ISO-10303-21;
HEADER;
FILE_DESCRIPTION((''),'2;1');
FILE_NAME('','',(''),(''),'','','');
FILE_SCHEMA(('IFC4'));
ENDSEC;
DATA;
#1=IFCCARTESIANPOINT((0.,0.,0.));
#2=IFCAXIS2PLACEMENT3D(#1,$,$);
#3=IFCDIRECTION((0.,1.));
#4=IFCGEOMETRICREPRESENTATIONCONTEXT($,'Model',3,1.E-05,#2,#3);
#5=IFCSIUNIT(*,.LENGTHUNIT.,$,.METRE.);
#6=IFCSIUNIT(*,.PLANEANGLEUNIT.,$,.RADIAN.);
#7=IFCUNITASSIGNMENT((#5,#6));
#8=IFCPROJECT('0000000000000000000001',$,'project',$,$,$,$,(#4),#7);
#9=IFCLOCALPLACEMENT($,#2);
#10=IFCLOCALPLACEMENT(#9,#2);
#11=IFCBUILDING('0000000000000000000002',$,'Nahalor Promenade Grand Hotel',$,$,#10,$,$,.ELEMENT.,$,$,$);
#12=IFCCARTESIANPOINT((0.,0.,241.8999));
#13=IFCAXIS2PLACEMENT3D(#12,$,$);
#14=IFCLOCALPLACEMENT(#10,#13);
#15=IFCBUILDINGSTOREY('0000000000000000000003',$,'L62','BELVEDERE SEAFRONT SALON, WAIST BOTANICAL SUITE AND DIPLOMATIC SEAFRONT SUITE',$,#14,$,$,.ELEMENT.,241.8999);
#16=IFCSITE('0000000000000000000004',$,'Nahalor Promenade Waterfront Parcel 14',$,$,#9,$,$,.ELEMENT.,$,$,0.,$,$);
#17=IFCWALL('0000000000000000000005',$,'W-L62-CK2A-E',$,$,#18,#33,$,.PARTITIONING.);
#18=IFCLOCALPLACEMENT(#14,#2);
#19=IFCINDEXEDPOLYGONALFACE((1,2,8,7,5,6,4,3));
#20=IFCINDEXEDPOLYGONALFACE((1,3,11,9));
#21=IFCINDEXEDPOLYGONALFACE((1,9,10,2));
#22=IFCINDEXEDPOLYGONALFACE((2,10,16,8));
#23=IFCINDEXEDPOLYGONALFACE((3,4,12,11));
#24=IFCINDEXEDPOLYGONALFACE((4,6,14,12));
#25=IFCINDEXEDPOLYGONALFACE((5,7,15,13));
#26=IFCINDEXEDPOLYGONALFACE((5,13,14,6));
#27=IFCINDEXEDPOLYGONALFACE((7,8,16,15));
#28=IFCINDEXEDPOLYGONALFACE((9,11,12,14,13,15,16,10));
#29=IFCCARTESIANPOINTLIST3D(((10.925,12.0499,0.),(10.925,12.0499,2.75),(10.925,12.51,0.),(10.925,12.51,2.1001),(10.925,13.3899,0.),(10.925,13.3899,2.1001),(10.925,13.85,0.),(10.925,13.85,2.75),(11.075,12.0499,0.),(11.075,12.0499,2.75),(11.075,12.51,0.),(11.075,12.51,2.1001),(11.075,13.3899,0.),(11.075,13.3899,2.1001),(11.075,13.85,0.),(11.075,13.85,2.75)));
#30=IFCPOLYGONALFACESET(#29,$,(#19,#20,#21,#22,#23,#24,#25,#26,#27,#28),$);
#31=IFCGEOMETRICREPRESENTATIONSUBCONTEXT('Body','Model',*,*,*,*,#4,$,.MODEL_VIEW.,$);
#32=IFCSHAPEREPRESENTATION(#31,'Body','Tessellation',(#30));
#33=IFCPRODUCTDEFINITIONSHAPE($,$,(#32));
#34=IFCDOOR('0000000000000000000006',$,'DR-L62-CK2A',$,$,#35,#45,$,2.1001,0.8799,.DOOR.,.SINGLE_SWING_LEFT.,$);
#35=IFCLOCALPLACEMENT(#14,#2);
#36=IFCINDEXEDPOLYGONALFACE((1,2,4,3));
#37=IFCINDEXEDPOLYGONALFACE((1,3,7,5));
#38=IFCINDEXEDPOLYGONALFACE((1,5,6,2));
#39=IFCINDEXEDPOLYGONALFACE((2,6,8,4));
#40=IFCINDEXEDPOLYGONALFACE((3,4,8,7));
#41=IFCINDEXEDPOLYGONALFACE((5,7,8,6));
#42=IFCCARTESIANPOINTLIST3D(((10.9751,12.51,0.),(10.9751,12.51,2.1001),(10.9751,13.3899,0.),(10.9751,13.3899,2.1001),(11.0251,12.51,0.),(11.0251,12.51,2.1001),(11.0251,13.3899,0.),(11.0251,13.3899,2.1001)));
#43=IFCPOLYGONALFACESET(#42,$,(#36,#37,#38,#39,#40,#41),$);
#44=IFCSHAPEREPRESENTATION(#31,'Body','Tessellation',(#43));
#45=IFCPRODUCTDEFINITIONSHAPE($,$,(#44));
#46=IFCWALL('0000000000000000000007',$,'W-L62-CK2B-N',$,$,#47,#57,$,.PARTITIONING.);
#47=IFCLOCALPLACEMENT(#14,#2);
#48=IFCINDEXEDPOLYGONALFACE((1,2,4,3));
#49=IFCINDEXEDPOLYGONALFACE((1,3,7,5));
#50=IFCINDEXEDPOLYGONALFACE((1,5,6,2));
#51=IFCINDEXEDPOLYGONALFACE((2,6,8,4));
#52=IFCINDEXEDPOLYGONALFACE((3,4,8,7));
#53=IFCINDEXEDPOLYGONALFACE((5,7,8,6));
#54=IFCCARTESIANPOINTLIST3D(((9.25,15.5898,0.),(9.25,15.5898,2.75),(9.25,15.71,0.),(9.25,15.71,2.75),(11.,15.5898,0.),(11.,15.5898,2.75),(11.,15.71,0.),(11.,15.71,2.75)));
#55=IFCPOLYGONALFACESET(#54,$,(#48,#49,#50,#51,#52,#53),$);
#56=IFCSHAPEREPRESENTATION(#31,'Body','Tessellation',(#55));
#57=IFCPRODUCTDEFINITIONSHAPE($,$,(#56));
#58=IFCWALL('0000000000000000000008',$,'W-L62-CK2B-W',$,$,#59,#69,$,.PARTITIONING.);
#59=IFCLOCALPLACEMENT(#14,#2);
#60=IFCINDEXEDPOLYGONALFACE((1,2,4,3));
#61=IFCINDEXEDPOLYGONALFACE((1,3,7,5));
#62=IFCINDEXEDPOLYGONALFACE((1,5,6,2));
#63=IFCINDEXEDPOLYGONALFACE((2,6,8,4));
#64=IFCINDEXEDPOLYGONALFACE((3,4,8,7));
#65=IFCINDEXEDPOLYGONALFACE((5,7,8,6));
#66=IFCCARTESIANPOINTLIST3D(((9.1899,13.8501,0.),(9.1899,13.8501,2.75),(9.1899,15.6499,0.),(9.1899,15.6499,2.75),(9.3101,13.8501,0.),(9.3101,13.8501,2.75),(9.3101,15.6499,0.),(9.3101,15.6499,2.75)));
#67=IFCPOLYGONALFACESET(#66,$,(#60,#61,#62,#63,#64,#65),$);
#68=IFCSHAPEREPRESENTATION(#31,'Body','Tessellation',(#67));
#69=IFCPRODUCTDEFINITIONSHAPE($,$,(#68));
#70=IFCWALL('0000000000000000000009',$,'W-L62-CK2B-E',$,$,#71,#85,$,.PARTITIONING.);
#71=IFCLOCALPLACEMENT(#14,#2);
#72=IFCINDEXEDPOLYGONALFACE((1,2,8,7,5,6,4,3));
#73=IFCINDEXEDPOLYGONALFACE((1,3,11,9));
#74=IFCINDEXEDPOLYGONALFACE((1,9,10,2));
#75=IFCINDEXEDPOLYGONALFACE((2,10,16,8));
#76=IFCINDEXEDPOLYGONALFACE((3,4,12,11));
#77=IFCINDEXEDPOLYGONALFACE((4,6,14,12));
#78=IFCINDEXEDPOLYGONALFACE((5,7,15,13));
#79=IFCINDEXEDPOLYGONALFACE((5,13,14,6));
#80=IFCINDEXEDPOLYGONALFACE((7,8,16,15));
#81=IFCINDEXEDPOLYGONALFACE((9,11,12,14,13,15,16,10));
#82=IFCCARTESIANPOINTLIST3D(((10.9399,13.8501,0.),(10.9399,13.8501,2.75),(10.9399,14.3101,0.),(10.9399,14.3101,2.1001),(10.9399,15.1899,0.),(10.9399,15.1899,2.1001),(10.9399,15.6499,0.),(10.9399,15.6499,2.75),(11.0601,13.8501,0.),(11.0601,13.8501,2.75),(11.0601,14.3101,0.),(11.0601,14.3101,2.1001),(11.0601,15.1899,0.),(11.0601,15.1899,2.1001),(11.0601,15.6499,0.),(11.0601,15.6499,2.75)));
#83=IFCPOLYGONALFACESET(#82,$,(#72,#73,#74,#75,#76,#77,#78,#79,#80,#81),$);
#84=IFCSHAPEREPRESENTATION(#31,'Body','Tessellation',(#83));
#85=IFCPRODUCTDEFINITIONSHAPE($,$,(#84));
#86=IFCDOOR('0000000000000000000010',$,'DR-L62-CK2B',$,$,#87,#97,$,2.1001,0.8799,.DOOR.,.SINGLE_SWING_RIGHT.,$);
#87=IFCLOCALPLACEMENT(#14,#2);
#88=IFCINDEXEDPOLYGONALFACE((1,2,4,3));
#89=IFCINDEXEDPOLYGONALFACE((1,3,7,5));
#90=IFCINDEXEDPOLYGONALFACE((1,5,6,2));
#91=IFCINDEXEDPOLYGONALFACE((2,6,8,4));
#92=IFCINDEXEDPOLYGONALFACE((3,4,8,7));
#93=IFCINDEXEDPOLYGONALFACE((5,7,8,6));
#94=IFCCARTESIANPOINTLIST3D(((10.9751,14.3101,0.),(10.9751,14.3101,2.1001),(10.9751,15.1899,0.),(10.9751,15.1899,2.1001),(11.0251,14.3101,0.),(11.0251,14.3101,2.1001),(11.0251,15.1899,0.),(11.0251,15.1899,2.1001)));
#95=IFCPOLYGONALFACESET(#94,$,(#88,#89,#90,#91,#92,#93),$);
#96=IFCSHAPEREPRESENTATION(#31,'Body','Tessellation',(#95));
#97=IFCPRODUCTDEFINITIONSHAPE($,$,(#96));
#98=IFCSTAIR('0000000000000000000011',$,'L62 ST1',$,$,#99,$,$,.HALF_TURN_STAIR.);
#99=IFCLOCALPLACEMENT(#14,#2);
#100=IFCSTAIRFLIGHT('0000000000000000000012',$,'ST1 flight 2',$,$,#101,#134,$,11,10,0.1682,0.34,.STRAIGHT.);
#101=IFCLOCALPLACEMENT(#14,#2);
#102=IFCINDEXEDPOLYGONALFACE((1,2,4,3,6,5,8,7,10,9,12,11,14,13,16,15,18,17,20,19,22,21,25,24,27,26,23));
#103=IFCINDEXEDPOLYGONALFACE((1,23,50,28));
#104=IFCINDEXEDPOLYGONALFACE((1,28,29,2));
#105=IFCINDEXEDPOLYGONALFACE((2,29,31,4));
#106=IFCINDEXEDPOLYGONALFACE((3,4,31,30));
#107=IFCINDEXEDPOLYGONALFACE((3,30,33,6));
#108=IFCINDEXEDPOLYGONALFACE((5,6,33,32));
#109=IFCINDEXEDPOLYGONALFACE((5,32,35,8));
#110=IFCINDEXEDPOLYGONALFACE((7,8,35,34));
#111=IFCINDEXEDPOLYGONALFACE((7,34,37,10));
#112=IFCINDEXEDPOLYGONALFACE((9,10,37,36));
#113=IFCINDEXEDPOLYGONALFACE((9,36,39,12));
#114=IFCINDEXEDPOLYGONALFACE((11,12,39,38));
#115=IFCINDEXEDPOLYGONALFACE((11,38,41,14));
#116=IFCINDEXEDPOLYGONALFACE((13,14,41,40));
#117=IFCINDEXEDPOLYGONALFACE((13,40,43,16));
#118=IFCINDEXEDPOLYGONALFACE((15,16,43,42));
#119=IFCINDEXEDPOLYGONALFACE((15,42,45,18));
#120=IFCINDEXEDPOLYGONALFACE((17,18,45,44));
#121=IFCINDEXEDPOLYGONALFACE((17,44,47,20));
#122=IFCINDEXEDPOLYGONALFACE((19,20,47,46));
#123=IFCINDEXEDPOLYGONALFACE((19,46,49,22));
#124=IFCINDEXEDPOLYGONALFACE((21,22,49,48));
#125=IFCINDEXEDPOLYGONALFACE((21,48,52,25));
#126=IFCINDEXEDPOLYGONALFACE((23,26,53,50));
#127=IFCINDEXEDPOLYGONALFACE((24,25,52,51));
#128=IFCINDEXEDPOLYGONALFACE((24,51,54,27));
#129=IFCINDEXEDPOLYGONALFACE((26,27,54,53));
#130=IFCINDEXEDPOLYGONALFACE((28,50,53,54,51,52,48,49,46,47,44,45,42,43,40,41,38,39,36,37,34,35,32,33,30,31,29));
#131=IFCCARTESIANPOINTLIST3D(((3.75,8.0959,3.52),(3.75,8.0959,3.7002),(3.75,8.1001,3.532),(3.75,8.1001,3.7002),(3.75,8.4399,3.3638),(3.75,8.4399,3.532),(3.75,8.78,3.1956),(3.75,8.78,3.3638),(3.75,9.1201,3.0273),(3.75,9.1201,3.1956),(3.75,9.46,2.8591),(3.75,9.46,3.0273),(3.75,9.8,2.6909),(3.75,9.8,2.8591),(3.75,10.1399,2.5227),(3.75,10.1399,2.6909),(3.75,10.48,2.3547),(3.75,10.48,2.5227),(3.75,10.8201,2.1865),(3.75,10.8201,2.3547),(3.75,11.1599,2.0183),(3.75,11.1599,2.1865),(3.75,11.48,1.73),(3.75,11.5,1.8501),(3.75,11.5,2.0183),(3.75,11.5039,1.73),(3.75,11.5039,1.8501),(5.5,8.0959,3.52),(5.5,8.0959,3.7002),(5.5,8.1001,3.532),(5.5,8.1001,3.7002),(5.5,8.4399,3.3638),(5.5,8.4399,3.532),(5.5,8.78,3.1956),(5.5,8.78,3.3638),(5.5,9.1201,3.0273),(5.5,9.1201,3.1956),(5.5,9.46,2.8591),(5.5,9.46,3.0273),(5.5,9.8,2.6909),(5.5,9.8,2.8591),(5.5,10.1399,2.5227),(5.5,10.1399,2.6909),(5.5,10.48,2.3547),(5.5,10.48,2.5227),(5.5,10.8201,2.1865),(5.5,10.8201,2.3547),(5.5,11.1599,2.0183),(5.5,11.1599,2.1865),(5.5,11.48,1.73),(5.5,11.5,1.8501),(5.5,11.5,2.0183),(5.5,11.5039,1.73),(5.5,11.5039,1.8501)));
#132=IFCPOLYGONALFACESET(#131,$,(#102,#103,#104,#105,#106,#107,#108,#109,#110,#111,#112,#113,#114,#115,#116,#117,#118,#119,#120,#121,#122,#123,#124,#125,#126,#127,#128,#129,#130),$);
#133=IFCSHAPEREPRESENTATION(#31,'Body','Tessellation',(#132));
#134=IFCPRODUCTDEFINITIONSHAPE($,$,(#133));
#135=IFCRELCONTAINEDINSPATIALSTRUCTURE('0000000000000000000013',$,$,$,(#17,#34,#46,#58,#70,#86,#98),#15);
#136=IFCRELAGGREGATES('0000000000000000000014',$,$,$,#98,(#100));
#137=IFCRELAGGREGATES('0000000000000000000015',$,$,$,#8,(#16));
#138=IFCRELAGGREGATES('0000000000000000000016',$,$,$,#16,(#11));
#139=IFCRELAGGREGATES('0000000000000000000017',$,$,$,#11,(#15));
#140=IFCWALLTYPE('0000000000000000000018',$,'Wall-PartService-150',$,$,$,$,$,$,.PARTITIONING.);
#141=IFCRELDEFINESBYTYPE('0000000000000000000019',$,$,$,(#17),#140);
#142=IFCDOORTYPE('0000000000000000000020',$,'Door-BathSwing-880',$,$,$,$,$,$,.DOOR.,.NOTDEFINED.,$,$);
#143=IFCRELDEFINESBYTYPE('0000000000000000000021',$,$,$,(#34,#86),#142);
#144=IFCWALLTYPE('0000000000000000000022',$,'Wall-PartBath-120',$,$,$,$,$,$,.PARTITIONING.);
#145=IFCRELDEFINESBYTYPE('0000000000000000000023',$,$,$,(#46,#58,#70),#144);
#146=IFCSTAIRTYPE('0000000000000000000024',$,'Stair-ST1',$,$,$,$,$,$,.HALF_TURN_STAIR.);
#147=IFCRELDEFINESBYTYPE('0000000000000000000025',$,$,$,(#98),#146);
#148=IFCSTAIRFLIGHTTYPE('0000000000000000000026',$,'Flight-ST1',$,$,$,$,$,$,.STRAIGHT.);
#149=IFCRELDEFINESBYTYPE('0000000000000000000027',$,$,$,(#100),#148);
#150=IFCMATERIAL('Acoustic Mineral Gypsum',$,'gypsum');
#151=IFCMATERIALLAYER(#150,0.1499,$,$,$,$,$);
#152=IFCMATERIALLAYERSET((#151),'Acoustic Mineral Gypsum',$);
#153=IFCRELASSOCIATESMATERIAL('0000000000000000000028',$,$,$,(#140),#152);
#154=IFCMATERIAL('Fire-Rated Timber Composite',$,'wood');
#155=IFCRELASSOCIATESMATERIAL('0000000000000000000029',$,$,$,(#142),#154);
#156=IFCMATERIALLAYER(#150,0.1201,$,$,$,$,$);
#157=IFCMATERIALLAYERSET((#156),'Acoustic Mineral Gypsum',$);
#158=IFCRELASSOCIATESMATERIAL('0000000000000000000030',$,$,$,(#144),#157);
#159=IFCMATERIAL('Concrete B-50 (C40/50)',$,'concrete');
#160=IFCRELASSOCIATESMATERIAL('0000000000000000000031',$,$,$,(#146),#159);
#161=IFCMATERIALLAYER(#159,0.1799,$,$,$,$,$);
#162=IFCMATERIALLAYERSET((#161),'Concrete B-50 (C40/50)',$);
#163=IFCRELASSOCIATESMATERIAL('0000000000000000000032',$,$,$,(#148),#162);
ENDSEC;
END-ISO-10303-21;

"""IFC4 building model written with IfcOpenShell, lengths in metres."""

from ifc_helpers import new_model, si_unit, direction, frame, frame_2d, origin, place, context, subcontext, project, spatial, polyline, rectangle, outline, extrude, source, transform, mapped, material, layer, layer_set, type_object, element, fill, aggregate, save


model = new_model("IFC4")

# Units and contexts
model_context = context("Model", 3, precision=1e-05, world=origin(), true_north=direction((0.0, 1.0)))
body_context = subcontext(model_context, "Body", "Model", "MODEL_VIEW")
ifc_project = project(units=[si_unit("LENGTHUNIT", "METRE"), si_unit("PLANEANGLEUNIT", "RADIAN")], contexts=[model_context])

# Site, building, storey
site_placement = place(None, origin())
site = spatial("IfcSite", under=ifc_project, at=site_placement, Name="Nahalor Promenade Waterfront Parcel 14", CompositionType="ELEMENT", RefElevation=0.0)
building_placement = place(site_placement, origin())
building = spatial("IfcBuilding", under=site, at=building_placement, Name="Nahalor Promenade Grand Hotel", CompositionType="ELEMENT")
storey_placement = place(building_placement, frame((0.0, 0.0, 241.8999)))
storey = spatial("IfcBuildingStorey", under=building, at=storey_placement, Name="L62", Description="BELVEDERE SEAFRONT SALON, WAIST BOTANICAL SUITE AND DIPLOMATIC SEAFRONT SUITE", CompositionType="ELEMENT", Elevation=241.8999)

# Shared definitions
ifc_material_1 = material(Name="Concrete B-50 (C40/50)", Category="concrete")
ifc_material_2 = material(Name="Acoustic Mineral Gypsum", Category="gypsum")
ifc_layer_1 = layer(ifc_material_2, 0.1499)
ifc_layer_set_1 = layer_set([ifc_layer_1], Name="Acoustic Mineral Gypsum")
wall_type_1 = type_object("IfcWallType", Name="Wall-PartService-150", PredefinedType="PARTITIONING", material=ifc_layer_set_1)
shared_shape_1 = source(origin(), body_context, "Body", "SweptSolid", [
    extrude(rectangle(XDim=1.8, YDim=0.1499, at=frame_2d((0.8999, 0.0))), origin(), (0.0, 0.0, 1.0), 2.75),
])

# Wall, opening, door
wall_1_placement = place(storey_placement, frame((11.0, 12.05, 0.0), z_axis=(0.0, 0.0, 1.0), x_axis=(0.0, 1.0, 0.0)))
wall_1 = element("IfcWall", 1, at=wall_1_placement, inside=storey, type_object=wall_type_1, Name="W-L62-CK2A-E", PredefinedType="PARTITIONING", context=body_context, shape_type="MappedRepresentation", body=[
    mapped(shared_shape_1, transform((0.0, 0.0, 0.0), scale=1.0)),
])
opening_1_placement = place(wall_1_placement, frame((0.46, 0.0, 0.0)))
opening_1 = element("IfcOpeningElement", 2, at=opening_1_placement, cuts=wall_1, PredefinedType="OPENING", context=body_context, shape_type="SweptSolid", body=[
    extrude(rectangle(XDim=0.8799, YDim=2.1001, at=frame_2d((0.4399, 1.05))), frame((0.0, 0.085, 0.0), z_axis=(0.0, -1.0, 0.0), x_axis=(1.0, 0.0, 0.0)), (0.0, 0.0, 1.0), 0.1699),
])
ifc_material_3 = material(Name="Fire-Rated Timber Composite", Category="wood")
door_type = type_object("IfcDoorType", Name="Door-BathSwing-880", OperationType="NOTDEFINED", PredefinedType="DOOR", material=ifc_material_3)
shared_shape_2 = source(origin(), body_context, "Body", "SweptSolid", [
    extrude(rectangle(XDim=0.8799, YDim=2.1001, at=frame_2d((0.4399, 1.05))), frame((0.0, 0.0249, 0.0), z_axis=(0.0, -1.0, 0.0), x_axis=(1.0, 0.0, 0.0)), (0.0, 0.0, 1.0), 0.05),
])
door_1_placement = place(opening_1_placement, origin())
door_1 = element("IfcDoor", 3, at=door_1_placement, inside=storey, type_object=door_type, Name="DR-L62-CK2A", OperationType="SINGLE_SWING_LEFT", OverallHeight=2.1001, OverallWidth=0.8799, PredefinedType="DOOR", context=body_context, shape_type="MappedRepresentation", body=[
    mapped(shared_shape_2, transform((0.0, 0.0, 0.0), scale=1.0)),
])
fill(opening_1, door_1)

# Walls
ifc_layer_2 = layer(ifc_material_2, 0.1201)
ifc_layer_set_2 = layer_set([ifc_layer_2], Name="Acoustic Mineral Gypsum")
wall_type_2 = type_object("IfcWallType", Name="Wall-PartBath-120", PredefinedType="PARTITIONING", material=ifc_layer_set_2)
shared_shape_3 = source(origin(), body_context, "Body", "SweptSolid", [
    extrude(rectangle(XDim=1.75, YDim=0.1201, at=frame_2d((0.875, 0.0))), origin(), (0.0, 0.0, 1.0), 2.75),
])
wall_2_placement = place(storey_placement, frame((9.25, 15.6499, 0.0), z_axis=(0.0, 0.0, 1.0), x_axis=(1.0, 0.0, 0.0)))
element("IfcWall", 4, at=wall_2_placement, inside=storey, type_object=wall_type_2, Name="W-L62-CK2B-N", PredefinedType="PARTITIONING", context=body_context, shape_type="MappedRepresentation", body=[
    mapped(shared_shape_3, transform((0.0, 0.0, 0.0), scale=1.0)),
])
shared_shape_4 = source(origin(), body_context, "Body", "SweptSolid", [
    extrude(rectangle(XDim=1.7998, YDim=0.1201, at=frame_2d((0.8999, 0.0))), origin(), (0.0, 0.0, 1.0), 2.75),
])
wall_3_placement = place(storey_placement, frame((9.25, 13.8501, 0.0), z_axis=(0.0, 0.0, 1.0), x_axis=(0.0, 1.0, 0.0)))
element("IfcWall", 5, at=wall_3_placement, inside=storey, type_object=wall_type_2, Name="W-L62-CK2B-W", PredefinedType="PARTITIONING", context=body_context, shape_type="MappedRepresentation", body=[
    mapped(shared_shape_4, transform((0.0, 0.0, 0.0), scale=1.0)),
])

# Wall, opening, door
wall_4_placement = place(storey_placement, frame((11.0, 13.8501, 0.0), z_axis=(0.0, 0.0, 1.0), x_axis=(0.0, 1.0, 0.0)))
wall_4 = element("IfcWall", 6, at=wall_4_placement, inside=storey, type_object=wall_type_2, Name="W-L62-CK2B-E", PredefinedType="PARTITIONING", context=body_context, shape_type="MappedRepresentation", body=[
    mapped(shared_shape_4, transform((0.0, 0.0, 0.0), scale=1.0)),
])
opening_2_placement = place(wall_4_placement, frame((0.46, 0.0, 0.0)))
opening_2 = element("IfcOpeningElement", 7, at=opening_2_placement, cuts=wall_4, PredefinedType="OPENING", context=body_context, shape_type="SweptSolid", body=[
    extrude(rectangle(XDim=0.8799, YDim=2.1001, at=frame_2d((0.4399, 1.05))), frame((0.0, 0.0701, 0.0), z_axis=(0.0, -1.0, 0.0), x_axis=(1.0, 0.0, 0.0)), (0.0, 0.0, 1.0), 0.1401),
])
door_2_placement = place(opening_2_placement, origin())
door_2 = element("IfcDoor", 8, at=door_2_placement, inside=storey, type_object=door_type, Name="DR-L62-CK2B", OperationType="SINGLE_SWING_RIGHT", OverallHeight=2.1001, OverallWidth=0.8799, PredefinedType="DOOR", context=body_context, shape_type="MappedRepresentation", body=[
    mapped(shared_shape_2, transform((0.0, 0.0, 0.0), scale=1.0)),
])
fill(opening_2, door_2)

# Stair, stair flight
stair_type = type_object("IfcStairType", Name="Stair-ST1", PredefinedType="HALF_TURN_STAIR", material=ifc_material_1)
stair_placement = place(storey_placement, origin())
stair = element("IfcStair", 9, at=stair_placement, inside=storey, type_object=stair_type, Name="L62 ST1", PredefinedType="HALF_TURN_STAIR")
ifc_layer_3 = layer(ifc_material_1, 0.1799)
ifc_layer_set_3 = layer_set([ifc_layer_3], Name="Concrete B-50 (C40/50)")
stair_flight_type = type_object("IfcStairFlightType", Name="Flight-ST1", PredefinedType="STRAIGHT", material=ifc_layer_set_3)
shared_shape_5 = source(origin(), body_context, "Body", "SweptSolid", [
    extrude(outline(polyline([(-0.0039, -0.1201), (-0.0039, 0.0), (0.0, 0.0), (0.0, 0.1682), (0.3401, 0.1682), (0.3401, 0.3364), (0.6799, 0.3364), (0.6799, 0.5046), (1.02, 0.5046), (1.02, 0.6726), (1.3601, 0.6726), (1.3601, 0.8408), (1.7, 0.8408), (1.7, 1.009), (2.04, 1.009), (2.04, 1.1772), (2.3799, 1.1772), (2.3799, 1.3455), (2.72, 1.3455), (2.72, 1.5137), (3.0601, 1.5137), (3.0601, 1.6819), (3.3999, 1.6819), (3.3999, 1.8501), (3.4041, 1.8501), (3.4041, 1.6699), (0.02, -0.1201), (-0.0039, -0.1201)])), frame((0.0, 0.875, 0.0), z_axis=(0.0, -1.0, 0.0), x_axis=(1.0, 0.0, 0.0)), (0.0, 0.0, 1.0), 1.75),
])
stair_flight_placement = place(storey_placement, frame((4.625, 11.5, 1.8501), z_axis=(0.0, 0.0, 1.0), x_axis=(0.0, -1.0, 0.0)))
stair_flight = element("IfcStairFlight", 10, at=stair_flight_placement, type_object=stair_flight_type, Name="ST1 flight 2", NumberOfRisers=11, NumberOfTreads=10, PredefinedType="STRAIGHT", RiserHeight=0.1682, TreadLength=0.34, context=body_context, shape_type="MappedRepresentation", body=[
    mapped(shared_shape_5, transform((0.0, 0.0, 0.0), scale=1.0)),
])
aggregate(stair, [stair_flight])

save(model, "model.ifc")
